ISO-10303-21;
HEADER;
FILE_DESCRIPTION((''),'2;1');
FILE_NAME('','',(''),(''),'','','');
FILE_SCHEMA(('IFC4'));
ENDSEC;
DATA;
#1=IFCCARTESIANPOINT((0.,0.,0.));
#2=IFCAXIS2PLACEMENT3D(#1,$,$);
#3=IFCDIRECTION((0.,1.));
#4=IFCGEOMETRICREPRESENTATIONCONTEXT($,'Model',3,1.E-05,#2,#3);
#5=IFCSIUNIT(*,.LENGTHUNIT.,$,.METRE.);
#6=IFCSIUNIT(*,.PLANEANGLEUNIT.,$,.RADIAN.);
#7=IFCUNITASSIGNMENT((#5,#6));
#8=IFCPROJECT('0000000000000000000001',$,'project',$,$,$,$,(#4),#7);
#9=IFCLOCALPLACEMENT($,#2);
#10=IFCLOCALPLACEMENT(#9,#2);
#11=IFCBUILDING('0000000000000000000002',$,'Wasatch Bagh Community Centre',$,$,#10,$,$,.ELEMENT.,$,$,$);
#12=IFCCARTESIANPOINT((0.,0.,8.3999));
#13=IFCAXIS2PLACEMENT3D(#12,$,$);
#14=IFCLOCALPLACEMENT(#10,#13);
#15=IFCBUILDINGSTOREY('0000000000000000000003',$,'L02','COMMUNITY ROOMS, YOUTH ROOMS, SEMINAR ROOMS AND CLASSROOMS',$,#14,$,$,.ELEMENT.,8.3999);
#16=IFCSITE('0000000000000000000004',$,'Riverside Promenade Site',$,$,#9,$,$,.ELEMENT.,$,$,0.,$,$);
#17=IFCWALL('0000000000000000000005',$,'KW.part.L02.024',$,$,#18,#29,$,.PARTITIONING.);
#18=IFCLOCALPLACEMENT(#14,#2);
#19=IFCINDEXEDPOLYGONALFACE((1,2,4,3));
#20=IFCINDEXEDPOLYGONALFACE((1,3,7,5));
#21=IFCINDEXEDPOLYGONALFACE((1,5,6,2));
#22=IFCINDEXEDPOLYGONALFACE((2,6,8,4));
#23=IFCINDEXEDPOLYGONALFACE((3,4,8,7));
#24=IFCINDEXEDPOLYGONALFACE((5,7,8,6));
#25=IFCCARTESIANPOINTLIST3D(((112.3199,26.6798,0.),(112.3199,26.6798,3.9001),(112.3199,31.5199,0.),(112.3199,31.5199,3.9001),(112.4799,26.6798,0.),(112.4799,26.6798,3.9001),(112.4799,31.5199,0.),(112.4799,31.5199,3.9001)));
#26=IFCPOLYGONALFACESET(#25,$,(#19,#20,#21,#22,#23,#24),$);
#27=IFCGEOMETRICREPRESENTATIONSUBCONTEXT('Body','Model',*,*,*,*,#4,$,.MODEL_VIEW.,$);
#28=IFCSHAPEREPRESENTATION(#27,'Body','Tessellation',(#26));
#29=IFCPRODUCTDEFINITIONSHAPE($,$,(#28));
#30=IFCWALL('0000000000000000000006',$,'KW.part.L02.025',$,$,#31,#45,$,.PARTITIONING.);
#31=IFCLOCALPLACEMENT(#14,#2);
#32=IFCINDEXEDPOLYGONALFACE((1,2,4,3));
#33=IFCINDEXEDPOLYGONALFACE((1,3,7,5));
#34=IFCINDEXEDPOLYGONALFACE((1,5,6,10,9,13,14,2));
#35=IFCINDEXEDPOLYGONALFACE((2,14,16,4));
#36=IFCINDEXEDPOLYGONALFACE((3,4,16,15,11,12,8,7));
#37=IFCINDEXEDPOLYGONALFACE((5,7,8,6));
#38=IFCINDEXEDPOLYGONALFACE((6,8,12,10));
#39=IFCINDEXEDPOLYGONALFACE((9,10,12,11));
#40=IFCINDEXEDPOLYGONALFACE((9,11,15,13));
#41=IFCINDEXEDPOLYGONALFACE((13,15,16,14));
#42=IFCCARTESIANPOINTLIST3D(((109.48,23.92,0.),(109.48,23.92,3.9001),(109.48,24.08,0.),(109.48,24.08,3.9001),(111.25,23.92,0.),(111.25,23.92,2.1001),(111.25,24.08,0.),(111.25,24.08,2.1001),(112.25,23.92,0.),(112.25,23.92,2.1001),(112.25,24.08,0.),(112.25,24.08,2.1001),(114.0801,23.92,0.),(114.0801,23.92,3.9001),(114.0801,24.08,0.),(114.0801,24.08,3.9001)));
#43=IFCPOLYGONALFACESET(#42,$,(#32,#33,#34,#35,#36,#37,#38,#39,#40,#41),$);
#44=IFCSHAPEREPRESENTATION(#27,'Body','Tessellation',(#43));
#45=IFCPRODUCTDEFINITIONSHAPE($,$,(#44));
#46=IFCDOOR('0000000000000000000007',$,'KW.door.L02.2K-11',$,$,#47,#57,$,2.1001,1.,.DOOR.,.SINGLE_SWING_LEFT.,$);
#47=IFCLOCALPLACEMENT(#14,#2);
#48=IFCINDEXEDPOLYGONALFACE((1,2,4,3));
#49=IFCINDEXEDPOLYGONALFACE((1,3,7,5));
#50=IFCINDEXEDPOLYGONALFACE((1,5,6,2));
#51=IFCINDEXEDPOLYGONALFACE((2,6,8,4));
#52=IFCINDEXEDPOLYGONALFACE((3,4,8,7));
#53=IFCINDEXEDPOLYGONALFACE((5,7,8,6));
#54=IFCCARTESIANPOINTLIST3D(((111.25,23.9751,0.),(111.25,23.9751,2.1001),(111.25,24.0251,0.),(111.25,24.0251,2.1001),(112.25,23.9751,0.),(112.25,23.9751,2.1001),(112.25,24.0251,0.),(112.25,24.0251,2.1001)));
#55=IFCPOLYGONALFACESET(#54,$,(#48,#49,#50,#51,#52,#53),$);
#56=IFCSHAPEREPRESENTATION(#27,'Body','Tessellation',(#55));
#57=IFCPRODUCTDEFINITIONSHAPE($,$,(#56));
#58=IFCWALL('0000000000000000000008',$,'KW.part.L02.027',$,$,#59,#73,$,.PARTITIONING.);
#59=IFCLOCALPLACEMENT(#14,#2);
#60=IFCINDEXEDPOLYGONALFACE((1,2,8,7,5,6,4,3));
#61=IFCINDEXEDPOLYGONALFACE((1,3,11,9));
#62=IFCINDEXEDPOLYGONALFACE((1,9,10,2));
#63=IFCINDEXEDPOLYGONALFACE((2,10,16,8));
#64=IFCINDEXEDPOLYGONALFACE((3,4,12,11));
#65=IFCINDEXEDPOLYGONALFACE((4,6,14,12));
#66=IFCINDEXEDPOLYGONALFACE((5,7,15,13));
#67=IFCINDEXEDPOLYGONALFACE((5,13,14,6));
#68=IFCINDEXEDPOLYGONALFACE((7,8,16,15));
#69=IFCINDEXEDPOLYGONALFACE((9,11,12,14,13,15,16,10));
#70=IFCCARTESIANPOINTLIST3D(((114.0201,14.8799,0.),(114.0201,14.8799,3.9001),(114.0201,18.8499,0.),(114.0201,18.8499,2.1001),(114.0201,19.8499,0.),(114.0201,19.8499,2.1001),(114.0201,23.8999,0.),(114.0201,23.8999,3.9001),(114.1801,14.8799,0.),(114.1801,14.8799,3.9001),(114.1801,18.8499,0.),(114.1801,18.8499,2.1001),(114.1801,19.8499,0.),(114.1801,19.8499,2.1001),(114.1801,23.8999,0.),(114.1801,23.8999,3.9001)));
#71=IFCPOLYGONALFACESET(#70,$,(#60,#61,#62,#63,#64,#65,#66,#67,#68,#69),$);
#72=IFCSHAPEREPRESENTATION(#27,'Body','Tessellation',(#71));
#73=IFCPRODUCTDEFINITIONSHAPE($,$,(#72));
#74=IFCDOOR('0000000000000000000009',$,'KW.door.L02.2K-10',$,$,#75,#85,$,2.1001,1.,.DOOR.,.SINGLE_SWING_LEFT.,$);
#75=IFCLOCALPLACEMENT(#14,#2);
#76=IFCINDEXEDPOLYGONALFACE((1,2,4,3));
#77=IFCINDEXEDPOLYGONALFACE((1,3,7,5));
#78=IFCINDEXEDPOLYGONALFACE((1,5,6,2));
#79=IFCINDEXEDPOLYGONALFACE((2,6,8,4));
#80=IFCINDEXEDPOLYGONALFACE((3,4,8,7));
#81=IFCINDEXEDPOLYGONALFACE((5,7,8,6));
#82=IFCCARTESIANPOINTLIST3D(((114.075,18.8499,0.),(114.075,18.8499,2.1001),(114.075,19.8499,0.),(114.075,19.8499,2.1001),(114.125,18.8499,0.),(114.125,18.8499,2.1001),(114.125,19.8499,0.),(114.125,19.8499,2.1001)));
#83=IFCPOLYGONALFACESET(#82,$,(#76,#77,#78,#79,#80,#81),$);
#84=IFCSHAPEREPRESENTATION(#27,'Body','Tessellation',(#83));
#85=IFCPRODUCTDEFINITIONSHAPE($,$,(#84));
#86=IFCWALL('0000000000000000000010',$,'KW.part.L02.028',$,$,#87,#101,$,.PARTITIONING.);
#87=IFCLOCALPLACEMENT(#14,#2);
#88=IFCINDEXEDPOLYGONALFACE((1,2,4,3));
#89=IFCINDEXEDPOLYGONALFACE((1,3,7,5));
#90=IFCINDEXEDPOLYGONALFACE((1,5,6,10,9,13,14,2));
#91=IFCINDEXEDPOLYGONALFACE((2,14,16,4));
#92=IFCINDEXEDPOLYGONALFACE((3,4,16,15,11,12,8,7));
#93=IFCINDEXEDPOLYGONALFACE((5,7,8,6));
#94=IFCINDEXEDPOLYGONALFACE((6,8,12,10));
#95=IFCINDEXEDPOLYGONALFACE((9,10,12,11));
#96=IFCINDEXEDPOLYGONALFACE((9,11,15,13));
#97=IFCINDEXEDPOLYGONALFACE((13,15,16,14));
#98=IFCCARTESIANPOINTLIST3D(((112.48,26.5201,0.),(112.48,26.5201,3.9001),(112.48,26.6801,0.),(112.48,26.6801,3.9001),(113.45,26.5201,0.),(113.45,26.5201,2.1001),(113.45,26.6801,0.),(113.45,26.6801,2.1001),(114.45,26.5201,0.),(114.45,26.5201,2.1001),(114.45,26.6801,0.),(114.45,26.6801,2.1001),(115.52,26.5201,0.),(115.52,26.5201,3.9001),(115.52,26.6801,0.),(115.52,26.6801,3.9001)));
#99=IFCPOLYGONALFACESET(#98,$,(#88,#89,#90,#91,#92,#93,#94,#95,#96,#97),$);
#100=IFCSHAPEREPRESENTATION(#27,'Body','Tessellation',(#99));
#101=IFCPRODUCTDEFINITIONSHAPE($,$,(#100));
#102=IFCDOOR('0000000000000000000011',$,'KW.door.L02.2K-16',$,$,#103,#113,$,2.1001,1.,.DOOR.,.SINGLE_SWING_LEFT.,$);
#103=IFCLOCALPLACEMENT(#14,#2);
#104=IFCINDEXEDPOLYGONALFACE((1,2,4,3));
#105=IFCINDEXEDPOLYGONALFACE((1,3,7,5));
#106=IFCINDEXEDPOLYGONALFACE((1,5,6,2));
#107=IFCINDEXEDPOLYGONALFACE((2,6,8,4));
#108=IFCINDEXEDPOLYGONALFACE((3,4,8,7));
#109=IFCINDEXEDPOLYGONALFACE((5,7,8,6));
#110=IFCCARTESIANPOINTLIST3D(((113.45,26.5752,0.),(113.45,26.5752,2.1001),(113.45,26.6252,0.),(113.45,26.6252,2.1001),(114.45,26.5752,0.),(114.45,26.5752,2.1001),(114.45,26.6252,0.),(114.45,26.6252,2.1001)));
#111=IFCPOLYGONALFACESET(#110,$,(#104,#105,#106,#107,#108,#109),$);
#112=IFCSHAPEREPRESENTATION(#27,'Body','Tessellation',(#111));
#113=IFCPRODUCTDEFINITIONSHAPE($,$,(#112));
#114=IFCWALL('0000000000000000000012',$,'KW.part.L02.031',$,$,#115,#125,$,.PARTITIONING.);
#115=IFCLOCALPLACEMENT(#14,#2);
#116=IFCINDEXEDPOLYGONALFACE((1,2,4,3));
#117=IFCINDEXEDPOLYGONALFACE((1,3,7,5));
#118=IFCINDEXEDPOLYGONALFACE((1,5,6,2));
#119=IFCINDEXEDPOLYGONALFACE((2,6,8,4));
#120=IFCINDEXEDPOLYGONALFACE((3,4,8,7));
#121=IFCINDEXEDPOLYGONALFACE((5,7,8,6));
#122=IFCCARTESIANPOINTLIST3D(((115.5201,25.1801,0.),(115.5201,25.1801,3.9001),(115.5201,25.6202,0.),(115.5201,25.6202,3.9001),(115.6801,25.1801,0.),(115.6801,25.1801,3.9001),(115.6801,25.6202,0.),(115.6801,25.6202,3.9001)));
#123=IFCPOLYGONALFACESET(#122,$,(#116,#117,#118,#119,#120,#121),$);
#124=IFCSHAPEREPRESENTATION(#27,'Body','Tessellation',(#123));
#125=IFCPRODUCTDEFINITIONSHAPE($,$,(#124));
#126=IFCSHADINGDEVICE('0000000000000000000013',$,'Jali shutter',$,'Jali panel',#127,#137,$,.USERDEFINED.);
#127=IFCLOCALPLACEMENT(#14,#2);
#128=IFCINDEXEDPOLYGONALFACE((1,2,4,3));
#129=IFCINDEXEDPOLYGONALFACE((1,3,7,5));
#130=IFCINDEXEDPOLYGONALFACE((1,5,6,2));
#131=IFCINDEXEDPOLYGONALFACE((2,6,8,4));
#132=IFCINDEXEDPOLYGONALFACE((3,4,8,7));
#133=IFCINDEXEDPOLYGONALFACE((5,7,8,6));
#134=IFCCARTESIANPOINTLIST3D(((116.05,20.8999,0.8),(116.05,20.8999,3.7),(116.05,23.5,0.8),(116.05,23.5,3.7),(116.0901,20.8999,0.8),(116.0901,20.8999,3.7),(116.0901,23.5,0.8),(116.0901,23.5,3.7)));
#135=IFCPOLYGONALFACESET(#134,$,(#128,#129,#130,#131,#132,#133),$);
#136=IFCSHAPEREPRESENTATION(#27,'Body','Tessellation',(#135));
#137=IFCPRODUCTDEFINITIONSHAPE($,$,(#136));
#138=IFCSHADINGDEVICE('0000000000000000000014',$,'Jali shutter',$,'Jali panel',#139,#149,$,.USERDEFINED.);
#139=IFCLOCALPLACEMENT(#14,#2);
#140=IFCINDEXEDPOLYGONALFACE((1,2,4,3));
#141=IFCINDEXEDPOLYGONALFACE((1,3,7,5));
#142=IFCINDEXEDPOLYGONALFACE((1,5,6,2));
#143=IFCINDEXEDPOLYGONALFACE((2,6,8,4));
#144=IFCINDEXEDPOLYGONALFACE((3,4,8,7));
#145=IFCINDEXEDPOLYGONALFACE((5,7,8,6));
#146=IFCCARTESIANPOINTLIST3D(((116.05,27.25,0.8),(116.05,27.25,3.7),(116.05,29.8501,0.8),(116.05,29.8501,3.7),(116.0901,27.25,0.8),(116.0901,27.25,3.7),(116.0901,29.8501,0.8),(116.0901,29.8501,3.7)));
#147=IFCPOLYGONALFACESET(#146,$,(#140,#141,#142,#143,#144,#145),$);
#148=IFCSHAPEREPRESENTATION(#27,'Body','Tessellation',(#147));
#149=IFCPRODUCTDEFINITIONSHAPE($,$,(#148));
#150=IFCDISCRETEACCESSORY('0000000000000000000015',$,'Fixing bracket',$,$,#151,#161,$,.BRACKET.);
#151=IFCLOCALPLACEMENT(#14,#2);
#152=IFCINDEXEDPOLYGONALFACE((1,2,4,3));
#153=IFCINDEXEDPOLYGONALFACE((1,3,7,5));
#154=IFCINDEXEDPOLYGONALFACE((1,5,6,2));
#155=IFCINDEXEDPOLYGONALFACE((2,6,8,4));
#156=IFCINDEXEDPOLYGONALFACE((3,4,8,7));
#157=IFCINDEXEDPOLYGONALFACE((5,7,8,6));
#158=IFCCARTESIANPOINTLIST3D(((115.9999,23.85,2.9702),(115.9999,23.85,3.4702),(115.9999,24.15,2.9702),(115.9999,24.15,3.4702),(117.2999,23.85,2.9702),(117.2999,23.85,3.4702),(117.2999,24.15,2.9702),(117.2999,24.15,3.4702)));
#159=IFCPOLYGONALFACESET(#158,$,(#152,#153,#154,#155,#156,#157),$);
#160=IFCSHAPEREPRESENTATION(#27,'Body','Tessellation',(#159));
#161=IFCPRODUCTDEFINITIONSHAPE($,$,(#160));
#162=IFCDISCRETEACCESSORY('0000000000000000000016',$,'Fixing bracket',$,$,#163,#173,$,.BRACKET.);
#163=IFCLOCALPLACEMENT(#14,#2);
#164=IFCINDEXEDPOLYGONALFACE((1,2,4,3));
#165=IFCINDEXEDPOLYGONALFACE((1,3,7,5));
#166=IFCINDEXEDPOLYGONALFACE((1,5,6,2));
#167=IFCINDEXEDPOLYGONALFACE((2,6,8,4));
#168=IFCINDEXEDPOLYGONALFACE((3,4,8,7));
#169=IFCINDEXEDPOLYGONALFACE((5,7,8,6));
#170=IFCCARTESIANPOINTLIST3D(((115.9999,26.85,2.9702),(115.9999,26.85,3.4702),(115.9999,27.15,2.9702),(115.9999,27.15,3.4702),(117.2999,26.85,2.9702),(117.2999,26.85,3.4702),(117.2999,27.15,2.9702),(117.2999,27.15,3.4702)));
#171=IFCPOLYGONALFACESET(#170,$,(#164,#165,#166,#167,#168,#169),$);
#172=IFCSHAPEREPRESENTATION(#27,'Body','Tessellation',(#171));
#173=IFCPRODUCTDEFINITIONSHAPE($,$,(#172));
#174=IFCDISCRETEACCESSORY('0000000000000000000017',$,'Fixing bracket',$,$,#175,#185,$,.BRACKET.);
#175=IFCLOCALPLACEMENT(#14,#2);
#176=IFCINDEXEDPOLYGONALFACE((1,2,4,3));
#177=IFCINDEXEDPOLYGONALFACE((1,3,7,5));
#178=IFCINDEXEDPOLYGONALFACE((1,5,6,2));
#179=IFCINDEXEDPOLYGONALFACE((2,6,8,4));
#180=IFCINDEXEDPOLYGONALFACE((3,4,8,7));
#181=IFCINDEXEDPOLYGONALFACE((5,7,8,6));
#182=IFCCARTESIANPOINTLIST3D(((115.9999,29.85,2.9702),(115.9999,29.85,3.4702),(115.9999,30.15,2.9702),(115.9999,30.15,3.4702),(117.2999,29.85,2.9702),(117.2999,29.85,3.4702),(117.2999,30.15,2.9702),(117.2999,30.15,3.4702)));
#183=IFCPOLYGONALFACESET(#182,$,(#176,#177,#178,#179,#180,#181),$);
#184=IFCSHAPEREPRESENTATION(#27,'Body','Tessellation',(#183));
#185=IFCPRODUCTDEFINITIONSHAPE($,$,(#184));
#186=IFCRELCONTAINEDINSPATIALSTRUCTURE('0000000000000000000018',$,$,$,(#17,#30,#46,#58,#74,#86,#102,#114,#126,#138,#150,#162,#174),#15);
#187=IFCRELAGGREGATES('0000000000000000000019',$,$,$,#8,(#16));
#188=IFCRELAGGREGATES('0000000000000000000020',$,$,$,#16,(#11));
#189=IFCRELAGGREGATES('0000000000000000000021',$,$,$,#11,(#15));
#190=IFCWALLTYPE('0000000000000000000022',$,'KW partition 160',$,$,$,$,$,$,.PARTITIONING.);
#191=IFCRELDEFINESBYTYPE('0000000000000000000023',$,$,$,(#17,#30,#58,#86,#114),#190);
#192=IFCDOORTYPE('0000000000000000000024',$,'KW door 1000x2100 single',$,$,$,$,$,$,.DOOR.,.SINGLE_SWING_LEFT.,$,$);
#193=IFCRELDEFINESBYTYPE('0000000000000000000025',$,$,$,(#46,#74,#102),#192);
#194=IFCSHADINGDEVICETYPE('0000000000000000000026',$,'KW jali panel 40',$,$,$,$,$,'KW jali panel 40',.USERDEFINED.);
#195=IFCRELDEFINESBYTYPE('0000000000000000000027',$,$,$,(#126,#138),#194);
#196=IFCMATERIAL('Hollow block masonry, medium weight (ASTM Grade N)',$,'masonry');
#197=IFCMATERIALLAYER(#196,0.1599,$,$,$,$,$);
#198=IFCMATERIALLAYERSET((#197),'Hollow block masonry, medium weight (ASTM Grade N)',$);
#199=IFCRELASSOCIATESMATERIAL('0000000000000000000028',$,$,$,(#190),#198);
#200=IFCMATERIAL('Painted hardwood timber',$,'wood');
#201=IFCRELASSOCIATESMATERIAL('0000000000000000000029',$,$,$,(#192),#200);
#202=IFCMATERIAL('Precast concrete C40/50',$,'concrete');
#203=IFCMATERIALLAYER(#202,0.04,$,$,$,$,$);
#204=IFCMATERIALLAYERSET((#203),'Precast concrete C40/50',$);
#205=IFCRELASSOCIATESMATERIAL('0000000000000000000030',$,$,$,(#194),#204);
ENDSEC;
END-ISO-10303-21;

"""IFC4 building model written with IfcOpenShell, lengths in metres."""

from ifc_helpers import new_model, si_unit, direction, frame, frame_2d, origin, origin_2d, place, context, subcontext, project, spatial, rectangle, extrude, material, layer, layer_set, type_object, element, fill, save


model = new_model("IFC4")

# Units and contexts
model_context = context("Model", 3, precision=1e-05, world=origin(), true_north=direction((0.0, 1.0)))
body_context = subcontext(model_context, "Body", "Model", "MODEL_VIEW")
ifc_project = project(units=[si_unit("LENGTHUNIT", "METRE"), si_unit("PLANEANGLEUNIT", "RADIAN")], contexts=[model_context])

# Site, building, storey
site_placement = place(None, origin())
site = spatial("IfcSite", under=ifc_project, at=site_placement, Name="Riverside Promenade Site", CompositionType="ELEMENT", RefElevation=0.0)
building_placement = place(site_placement, origin())
building = spatial("IfcBuilding", under=site, at=building_placement, Name="Wasatch Bagh Community Centre", CompositionType="ELEMENT")
storey_placement = place(building_placement, frame((0.0, 0.0, 8.3999)))
storey = spatial("IfcBuildingStorey", under=building, at=storey_placement, Name="L02", Description="COMMUNITY ROOMS, YOUTH ROOMS, SEMINAR ROOMS AND CLASSROOMS", CompositionType="ELEMENT", Elevation=8.3999)

# Shared definitions
ifc_material_1 = material(Name="Hollow block masonry, medium weight (ASTM Grade N)", Category="masonry")
ifc_layer_1 = layer(ifc_material_1, 0.1599)
ifc_layer_set_1 = layer_set([ifc_layer_1], Name="Hollow block masonry, medium weight (ASTM Grade N)")
wall_type_1 = type_object("IfcWallType", Name="KW partition 160", PredefinedType="PARTITIONING", material=ifc_layer_set_1)
ifc_material_2 = material(Name="Painted hardwood timber", Category="wood")
door_type = type_object("IfcDoorType", Name="KW door 1000x2100 single", OperationType="SINGLE_SWING_LEFT", PredefinedType="DOOR", material=ifc_material_2)

# Wall
wall_1_placement = place(storey_placement, frame((112.3999, 26.6799, 0.0), z_axis=(0.0, 0.0, 1.0), x_axis=(0.0, 1.0, 0.0)))
element("IfcWall", 1, at=wall_1_placement, inside=storey, type_object=wall_type_1, Name="KW.part.L02.024", PredefinedType="PARTITIONING", context=body_context, shape_type="SweptSolid", body=[
    extrude(rectangle(XDim=4.8401, YDim=0.1599, at=frame_2d((2.4199, 0.0))), origin(), (0.0, 0.0, 1.0), 3.9001),
])

# Walls, openings, doors
wall_2_placement = place(storey_placement, frame((114.0801, 24.0, 0.0), z_axis=(0.0, 0.0, 1.0), x_axis=(-1.0, 0.0, 0.0)))
wall_2 = element("IfcWall", 2, at=wall_2_placement, inside=storey, type_object=wall_type_1, Name="KW.part.L02.025", PredefinedType="PARTITIONING", context=body_context, shape_type="SweptSolid", body=[
    extrude(rectangle(XDim=4.6001, YDim=0.1599, at=frame_2d((2.3, 0.0))), origin(), (0.0, 0.0, 1.0), 3.9001),
])
opening_1_placement = place(wall_2_placement, frame((1.8301, 0.0, 0.0)))
opening_1 = element("IfcOpeningElement", 3, at=opening_1_placement, cuts=wall_2, PredefinedType="OPENING", context=body_context, shape_type="SweptSolid", body=[
    extrude(rectangle(XDim=1.0, YDim=2.1001, at=frame_2d((0.5, 1.05))), frame((0.0, 0.0898, 0.0), z_axis=(0.0, -1.0, 0.0), x_axis=(1.0, 0.0, 0.0)), (0.0, 0.0, 1.0), 0.1799),
])
door_1_placement = place(opening_1_placement, origin())
door_1 = element("IfcDoor", 4, at=door_1_placement, inside=storey, type_object=door_type, Name="KW.door.L02.2K-11", OperationType="SINGLE_SWING_LEFT", OverallHeight=2.1001, OverallWidth=1.0, PredefinedType="DOOR", context=body_context, shape_type="SweptSolid", body=[
    extrude(rectangle(XDim=1.0, YDim=2.1001, at=frame_2d((0.5, 1.05))), frame((0.0, 0.0249, 0.0), z_axis=(0.0, -1.0, 0.0), x_axis=(1.0, 0.0, 0.0)), (0.0, 0.0, 1.0), 0.05),
])
fill(opening_1, door_1)
wall_3_placement = place(storey_placement, frame((114.1001, 23.8999, 0.0), z_axis=(0.0, 0.0, 1.0), x_axis=(0.0, -1.0, 0.0)))
wall_3 = element("IfcWall", 5, at=wall_3_placement, inside=storey, type_object=wall_type_1, Name="KW.part.L02.027", PredefinedType="PARTITIONING", context=body_context, shape_type="SweptSolid", body=[
    extrude(rectangle(XDim=9.02, YDim=0.1599, at=frame_2d((4.51, 0.0))), origin(), (0.0, 0.0, 1.0), 3.9001),
])
opening_2_placement = place(wall_3_placement, frame((4.05, 0.0, 0.0)))
opening_2 = element("IfcOpeningElement", 6, at=opening_2_placement, cuts=wall_3, PredefinedType="OPENING", context=body_context, shape_type="SweptSolid", body=[
    extrude(rectangle(XDim=1.0, YDim=2.1001, at=frame_2d((0.5, 1.05))), frame((0.0, 0.0898, 0.0), z_axis=(0.0, -1.0, 0.0), x_axis=(1.0, 0.0, 0.0)), (0.0, 0.0, 1.0), 0.1799),
])
door_2_placement = place(opening_2_placement, origin())
door_2 = element("IfcDoor", 7, at=door_2_placement, inside=storey, type_object=door_type, Name="KW.door.L02.2K-10", OperationType="SINGLE_SWING_LEFT", OverallHeight=2.1001, OverallWidth=1.0, PredefinedType="DOOR", context=body_context, shape_type="SweptSolid", body=[
    extrude(rectangle(XDim=1.0, YDim=2.1001, at=frame_2d((0.5, 1.05))), frame((0.0, 0.0249, 0.0), z_axis=(0.0, -1.0, 0.0), x_axis=(1.0, 0.0, 0.0)), (0.0, 0.0, 1.0), 0.05),
])
fill(opening_2, door_2)
wall_4_placement = place(storey_placement, frame((115.52, 26.6001, 0.0), z_axis=(0.0, 0.0, 1.0), x_axis=(-1.0, 0.0, 0.0)))
wall_4 = element("IfcWall", 8, at=wall_4_placement, inside=storey, type_object=wall_type_1, Name="KW.part.L02.028", PredefinedType="PARTITIONING", context=body_context, shape_type="SweptSolid", body=[
    extrude(rectangle(XDim=3.04, YDim=0.1599, at=frame_2d((1.52, 0.0))), origin(), (0.0, 0.0, 1.0), 3.9001),
])
opening_3_placement = place(wall_4_placement, frame((1.0701, 0.0, 0.0)))
opening_3 = element("IfcOpeningElement", 9, at=opening_3_placement, cuts=wall_4, PredefinedType="OPENING", context=body_context, shape_type="SweptSolid", body=[
    extrude(rectangle(XDim=1.0, YDim=2.1001, at=frame_2d((0.5, 1.05))), frame((0.0, 0.0898, 0.0), z_axis=(0.0, -1.0, 0.0), x_axis=(1.0, 0.0, 0.0)), (0.0, 0.0, 1.0), 0.1799),
])
door_3_placement = place(opening_3_placement, origin())
door_3 = element("IfcDoor", 10, at=door_3_placement, inside=storey, type_object=door_type, Name="KW.door.L02.2K-16", OperationType="SINGLE_SWING_LEFT", OverallHeight=2.1001, OverallWidth=1.0, PredefinedType="DOOR", context=body_context, shape_type="SweptSolid", body=[
    extrude(rectangle(XDim=1.0, YDim=2.1001, at=frame_2d((0.5, 1.05))), frame((0.0, 0.0249, 0.0), z_axis=(0.0, -1.0, 0.0), x_axis=(1.0, 0.0, 0.0)), (0.0, 0.0, 1.0), 0.05),
])
fill(opening_3, door_3)

# Wall
wall_5_placement = place(storey_placement, frame((115.6001, 25.1799, 0.0), z_axis=(0.0, 0.0, 1.0), x_axis=(0.0, 1.0, 0.0)))
element("IfcWall", 11, at=wall_5_placement, inside=storey, type_object=wall_type_1, Name="KW.part.L02.031", PredefinedType="PARTITIONING", context=body_context, shape_type="SweptSolid", body=[
    extrude(rectangle(XDim=0.4402, YDim=0.1599, at=frame_2d((0.2202, 0.0))), origin(), (0.0, 0.0, 1.0), 3.9001),
])

# Shading devices
ifc_material_3 = material(Name="Precast concrete C40/50", Category="concrete")
ifc_layer_2 = layer(ifc_material_3, 0.04)
ifc_layer_set_2 = layer_set([ifc_layer_2], Name="Precast concrete C40/50")
shading_device_type = type_object("IfcShadingDeviceType", Name="KW jali panel 40", ElementType="KW jali panel 40", PredefinedType="USERDEFINED", material=ifc_layer_set_2)
for number, where, z_axis, x_axis, name in (
    (12, (116.0701, 22.2, 0.8), (0.0, 0.0, 1.0), (1.0, 0.0, 0.0), "Jali shutter"),
    (13, (116.0701, 28.55, 0.8), (0.0, 0.0, 1.0), (1.0, 0.0, 0.0), "Jali shutter"),
):
    element("IfcShadingDevice", number, at=place(storey_placement, frame(where, z_axis=z_axis, x_axis=x_axis)), inside=storey, type_object=shading_device_type, Name=name, ObjectType="Jali panel", PredefinedType="USERDEFINED", context=body_context, shape_type="SweptSolid", body=[
        extrude(rectangle(XDim=0.04, YDim=2.6001, at=origin_2d()), origin(), (0.0, 0.0, 1.0), 2.8999),
    ])

# Discrete accessories
for number, where, z_axis, x_axis, name in (
    (14, (116.6499, 24.0, 2.9702), (0.0, 0.0, 1.0), (1.0, 0.0, 0.0), "Fixing bracket"),
    (15, (116.6499, 27.0, 2.9702), (0.0, 0.0, 1.0), (1.0, 0.0, 0.0), "Fixing bracket"),
    (16, (116.6499, 30.0, 2.9702), (0.0, 0.0, 1.0), (1.0, 0.0, 0.0), "Fixing bracket"),
):
    element("IfcDiscreteAccessory", number, at=place(storey_placement, frame(where, z_axis=z_axis, x_axis=x_axis)), inside=storey, Name=name, PredefinedType="BRACKET", context=body_context, shape_type="SweptSolid", body=[
        extrude(rectangle(XDim=1.3, YDim=0.3, at=origin_2d()), origin(), (0.0, 0.0, 1.0), 0.5),
    ])

save(model, "model.ifc")
